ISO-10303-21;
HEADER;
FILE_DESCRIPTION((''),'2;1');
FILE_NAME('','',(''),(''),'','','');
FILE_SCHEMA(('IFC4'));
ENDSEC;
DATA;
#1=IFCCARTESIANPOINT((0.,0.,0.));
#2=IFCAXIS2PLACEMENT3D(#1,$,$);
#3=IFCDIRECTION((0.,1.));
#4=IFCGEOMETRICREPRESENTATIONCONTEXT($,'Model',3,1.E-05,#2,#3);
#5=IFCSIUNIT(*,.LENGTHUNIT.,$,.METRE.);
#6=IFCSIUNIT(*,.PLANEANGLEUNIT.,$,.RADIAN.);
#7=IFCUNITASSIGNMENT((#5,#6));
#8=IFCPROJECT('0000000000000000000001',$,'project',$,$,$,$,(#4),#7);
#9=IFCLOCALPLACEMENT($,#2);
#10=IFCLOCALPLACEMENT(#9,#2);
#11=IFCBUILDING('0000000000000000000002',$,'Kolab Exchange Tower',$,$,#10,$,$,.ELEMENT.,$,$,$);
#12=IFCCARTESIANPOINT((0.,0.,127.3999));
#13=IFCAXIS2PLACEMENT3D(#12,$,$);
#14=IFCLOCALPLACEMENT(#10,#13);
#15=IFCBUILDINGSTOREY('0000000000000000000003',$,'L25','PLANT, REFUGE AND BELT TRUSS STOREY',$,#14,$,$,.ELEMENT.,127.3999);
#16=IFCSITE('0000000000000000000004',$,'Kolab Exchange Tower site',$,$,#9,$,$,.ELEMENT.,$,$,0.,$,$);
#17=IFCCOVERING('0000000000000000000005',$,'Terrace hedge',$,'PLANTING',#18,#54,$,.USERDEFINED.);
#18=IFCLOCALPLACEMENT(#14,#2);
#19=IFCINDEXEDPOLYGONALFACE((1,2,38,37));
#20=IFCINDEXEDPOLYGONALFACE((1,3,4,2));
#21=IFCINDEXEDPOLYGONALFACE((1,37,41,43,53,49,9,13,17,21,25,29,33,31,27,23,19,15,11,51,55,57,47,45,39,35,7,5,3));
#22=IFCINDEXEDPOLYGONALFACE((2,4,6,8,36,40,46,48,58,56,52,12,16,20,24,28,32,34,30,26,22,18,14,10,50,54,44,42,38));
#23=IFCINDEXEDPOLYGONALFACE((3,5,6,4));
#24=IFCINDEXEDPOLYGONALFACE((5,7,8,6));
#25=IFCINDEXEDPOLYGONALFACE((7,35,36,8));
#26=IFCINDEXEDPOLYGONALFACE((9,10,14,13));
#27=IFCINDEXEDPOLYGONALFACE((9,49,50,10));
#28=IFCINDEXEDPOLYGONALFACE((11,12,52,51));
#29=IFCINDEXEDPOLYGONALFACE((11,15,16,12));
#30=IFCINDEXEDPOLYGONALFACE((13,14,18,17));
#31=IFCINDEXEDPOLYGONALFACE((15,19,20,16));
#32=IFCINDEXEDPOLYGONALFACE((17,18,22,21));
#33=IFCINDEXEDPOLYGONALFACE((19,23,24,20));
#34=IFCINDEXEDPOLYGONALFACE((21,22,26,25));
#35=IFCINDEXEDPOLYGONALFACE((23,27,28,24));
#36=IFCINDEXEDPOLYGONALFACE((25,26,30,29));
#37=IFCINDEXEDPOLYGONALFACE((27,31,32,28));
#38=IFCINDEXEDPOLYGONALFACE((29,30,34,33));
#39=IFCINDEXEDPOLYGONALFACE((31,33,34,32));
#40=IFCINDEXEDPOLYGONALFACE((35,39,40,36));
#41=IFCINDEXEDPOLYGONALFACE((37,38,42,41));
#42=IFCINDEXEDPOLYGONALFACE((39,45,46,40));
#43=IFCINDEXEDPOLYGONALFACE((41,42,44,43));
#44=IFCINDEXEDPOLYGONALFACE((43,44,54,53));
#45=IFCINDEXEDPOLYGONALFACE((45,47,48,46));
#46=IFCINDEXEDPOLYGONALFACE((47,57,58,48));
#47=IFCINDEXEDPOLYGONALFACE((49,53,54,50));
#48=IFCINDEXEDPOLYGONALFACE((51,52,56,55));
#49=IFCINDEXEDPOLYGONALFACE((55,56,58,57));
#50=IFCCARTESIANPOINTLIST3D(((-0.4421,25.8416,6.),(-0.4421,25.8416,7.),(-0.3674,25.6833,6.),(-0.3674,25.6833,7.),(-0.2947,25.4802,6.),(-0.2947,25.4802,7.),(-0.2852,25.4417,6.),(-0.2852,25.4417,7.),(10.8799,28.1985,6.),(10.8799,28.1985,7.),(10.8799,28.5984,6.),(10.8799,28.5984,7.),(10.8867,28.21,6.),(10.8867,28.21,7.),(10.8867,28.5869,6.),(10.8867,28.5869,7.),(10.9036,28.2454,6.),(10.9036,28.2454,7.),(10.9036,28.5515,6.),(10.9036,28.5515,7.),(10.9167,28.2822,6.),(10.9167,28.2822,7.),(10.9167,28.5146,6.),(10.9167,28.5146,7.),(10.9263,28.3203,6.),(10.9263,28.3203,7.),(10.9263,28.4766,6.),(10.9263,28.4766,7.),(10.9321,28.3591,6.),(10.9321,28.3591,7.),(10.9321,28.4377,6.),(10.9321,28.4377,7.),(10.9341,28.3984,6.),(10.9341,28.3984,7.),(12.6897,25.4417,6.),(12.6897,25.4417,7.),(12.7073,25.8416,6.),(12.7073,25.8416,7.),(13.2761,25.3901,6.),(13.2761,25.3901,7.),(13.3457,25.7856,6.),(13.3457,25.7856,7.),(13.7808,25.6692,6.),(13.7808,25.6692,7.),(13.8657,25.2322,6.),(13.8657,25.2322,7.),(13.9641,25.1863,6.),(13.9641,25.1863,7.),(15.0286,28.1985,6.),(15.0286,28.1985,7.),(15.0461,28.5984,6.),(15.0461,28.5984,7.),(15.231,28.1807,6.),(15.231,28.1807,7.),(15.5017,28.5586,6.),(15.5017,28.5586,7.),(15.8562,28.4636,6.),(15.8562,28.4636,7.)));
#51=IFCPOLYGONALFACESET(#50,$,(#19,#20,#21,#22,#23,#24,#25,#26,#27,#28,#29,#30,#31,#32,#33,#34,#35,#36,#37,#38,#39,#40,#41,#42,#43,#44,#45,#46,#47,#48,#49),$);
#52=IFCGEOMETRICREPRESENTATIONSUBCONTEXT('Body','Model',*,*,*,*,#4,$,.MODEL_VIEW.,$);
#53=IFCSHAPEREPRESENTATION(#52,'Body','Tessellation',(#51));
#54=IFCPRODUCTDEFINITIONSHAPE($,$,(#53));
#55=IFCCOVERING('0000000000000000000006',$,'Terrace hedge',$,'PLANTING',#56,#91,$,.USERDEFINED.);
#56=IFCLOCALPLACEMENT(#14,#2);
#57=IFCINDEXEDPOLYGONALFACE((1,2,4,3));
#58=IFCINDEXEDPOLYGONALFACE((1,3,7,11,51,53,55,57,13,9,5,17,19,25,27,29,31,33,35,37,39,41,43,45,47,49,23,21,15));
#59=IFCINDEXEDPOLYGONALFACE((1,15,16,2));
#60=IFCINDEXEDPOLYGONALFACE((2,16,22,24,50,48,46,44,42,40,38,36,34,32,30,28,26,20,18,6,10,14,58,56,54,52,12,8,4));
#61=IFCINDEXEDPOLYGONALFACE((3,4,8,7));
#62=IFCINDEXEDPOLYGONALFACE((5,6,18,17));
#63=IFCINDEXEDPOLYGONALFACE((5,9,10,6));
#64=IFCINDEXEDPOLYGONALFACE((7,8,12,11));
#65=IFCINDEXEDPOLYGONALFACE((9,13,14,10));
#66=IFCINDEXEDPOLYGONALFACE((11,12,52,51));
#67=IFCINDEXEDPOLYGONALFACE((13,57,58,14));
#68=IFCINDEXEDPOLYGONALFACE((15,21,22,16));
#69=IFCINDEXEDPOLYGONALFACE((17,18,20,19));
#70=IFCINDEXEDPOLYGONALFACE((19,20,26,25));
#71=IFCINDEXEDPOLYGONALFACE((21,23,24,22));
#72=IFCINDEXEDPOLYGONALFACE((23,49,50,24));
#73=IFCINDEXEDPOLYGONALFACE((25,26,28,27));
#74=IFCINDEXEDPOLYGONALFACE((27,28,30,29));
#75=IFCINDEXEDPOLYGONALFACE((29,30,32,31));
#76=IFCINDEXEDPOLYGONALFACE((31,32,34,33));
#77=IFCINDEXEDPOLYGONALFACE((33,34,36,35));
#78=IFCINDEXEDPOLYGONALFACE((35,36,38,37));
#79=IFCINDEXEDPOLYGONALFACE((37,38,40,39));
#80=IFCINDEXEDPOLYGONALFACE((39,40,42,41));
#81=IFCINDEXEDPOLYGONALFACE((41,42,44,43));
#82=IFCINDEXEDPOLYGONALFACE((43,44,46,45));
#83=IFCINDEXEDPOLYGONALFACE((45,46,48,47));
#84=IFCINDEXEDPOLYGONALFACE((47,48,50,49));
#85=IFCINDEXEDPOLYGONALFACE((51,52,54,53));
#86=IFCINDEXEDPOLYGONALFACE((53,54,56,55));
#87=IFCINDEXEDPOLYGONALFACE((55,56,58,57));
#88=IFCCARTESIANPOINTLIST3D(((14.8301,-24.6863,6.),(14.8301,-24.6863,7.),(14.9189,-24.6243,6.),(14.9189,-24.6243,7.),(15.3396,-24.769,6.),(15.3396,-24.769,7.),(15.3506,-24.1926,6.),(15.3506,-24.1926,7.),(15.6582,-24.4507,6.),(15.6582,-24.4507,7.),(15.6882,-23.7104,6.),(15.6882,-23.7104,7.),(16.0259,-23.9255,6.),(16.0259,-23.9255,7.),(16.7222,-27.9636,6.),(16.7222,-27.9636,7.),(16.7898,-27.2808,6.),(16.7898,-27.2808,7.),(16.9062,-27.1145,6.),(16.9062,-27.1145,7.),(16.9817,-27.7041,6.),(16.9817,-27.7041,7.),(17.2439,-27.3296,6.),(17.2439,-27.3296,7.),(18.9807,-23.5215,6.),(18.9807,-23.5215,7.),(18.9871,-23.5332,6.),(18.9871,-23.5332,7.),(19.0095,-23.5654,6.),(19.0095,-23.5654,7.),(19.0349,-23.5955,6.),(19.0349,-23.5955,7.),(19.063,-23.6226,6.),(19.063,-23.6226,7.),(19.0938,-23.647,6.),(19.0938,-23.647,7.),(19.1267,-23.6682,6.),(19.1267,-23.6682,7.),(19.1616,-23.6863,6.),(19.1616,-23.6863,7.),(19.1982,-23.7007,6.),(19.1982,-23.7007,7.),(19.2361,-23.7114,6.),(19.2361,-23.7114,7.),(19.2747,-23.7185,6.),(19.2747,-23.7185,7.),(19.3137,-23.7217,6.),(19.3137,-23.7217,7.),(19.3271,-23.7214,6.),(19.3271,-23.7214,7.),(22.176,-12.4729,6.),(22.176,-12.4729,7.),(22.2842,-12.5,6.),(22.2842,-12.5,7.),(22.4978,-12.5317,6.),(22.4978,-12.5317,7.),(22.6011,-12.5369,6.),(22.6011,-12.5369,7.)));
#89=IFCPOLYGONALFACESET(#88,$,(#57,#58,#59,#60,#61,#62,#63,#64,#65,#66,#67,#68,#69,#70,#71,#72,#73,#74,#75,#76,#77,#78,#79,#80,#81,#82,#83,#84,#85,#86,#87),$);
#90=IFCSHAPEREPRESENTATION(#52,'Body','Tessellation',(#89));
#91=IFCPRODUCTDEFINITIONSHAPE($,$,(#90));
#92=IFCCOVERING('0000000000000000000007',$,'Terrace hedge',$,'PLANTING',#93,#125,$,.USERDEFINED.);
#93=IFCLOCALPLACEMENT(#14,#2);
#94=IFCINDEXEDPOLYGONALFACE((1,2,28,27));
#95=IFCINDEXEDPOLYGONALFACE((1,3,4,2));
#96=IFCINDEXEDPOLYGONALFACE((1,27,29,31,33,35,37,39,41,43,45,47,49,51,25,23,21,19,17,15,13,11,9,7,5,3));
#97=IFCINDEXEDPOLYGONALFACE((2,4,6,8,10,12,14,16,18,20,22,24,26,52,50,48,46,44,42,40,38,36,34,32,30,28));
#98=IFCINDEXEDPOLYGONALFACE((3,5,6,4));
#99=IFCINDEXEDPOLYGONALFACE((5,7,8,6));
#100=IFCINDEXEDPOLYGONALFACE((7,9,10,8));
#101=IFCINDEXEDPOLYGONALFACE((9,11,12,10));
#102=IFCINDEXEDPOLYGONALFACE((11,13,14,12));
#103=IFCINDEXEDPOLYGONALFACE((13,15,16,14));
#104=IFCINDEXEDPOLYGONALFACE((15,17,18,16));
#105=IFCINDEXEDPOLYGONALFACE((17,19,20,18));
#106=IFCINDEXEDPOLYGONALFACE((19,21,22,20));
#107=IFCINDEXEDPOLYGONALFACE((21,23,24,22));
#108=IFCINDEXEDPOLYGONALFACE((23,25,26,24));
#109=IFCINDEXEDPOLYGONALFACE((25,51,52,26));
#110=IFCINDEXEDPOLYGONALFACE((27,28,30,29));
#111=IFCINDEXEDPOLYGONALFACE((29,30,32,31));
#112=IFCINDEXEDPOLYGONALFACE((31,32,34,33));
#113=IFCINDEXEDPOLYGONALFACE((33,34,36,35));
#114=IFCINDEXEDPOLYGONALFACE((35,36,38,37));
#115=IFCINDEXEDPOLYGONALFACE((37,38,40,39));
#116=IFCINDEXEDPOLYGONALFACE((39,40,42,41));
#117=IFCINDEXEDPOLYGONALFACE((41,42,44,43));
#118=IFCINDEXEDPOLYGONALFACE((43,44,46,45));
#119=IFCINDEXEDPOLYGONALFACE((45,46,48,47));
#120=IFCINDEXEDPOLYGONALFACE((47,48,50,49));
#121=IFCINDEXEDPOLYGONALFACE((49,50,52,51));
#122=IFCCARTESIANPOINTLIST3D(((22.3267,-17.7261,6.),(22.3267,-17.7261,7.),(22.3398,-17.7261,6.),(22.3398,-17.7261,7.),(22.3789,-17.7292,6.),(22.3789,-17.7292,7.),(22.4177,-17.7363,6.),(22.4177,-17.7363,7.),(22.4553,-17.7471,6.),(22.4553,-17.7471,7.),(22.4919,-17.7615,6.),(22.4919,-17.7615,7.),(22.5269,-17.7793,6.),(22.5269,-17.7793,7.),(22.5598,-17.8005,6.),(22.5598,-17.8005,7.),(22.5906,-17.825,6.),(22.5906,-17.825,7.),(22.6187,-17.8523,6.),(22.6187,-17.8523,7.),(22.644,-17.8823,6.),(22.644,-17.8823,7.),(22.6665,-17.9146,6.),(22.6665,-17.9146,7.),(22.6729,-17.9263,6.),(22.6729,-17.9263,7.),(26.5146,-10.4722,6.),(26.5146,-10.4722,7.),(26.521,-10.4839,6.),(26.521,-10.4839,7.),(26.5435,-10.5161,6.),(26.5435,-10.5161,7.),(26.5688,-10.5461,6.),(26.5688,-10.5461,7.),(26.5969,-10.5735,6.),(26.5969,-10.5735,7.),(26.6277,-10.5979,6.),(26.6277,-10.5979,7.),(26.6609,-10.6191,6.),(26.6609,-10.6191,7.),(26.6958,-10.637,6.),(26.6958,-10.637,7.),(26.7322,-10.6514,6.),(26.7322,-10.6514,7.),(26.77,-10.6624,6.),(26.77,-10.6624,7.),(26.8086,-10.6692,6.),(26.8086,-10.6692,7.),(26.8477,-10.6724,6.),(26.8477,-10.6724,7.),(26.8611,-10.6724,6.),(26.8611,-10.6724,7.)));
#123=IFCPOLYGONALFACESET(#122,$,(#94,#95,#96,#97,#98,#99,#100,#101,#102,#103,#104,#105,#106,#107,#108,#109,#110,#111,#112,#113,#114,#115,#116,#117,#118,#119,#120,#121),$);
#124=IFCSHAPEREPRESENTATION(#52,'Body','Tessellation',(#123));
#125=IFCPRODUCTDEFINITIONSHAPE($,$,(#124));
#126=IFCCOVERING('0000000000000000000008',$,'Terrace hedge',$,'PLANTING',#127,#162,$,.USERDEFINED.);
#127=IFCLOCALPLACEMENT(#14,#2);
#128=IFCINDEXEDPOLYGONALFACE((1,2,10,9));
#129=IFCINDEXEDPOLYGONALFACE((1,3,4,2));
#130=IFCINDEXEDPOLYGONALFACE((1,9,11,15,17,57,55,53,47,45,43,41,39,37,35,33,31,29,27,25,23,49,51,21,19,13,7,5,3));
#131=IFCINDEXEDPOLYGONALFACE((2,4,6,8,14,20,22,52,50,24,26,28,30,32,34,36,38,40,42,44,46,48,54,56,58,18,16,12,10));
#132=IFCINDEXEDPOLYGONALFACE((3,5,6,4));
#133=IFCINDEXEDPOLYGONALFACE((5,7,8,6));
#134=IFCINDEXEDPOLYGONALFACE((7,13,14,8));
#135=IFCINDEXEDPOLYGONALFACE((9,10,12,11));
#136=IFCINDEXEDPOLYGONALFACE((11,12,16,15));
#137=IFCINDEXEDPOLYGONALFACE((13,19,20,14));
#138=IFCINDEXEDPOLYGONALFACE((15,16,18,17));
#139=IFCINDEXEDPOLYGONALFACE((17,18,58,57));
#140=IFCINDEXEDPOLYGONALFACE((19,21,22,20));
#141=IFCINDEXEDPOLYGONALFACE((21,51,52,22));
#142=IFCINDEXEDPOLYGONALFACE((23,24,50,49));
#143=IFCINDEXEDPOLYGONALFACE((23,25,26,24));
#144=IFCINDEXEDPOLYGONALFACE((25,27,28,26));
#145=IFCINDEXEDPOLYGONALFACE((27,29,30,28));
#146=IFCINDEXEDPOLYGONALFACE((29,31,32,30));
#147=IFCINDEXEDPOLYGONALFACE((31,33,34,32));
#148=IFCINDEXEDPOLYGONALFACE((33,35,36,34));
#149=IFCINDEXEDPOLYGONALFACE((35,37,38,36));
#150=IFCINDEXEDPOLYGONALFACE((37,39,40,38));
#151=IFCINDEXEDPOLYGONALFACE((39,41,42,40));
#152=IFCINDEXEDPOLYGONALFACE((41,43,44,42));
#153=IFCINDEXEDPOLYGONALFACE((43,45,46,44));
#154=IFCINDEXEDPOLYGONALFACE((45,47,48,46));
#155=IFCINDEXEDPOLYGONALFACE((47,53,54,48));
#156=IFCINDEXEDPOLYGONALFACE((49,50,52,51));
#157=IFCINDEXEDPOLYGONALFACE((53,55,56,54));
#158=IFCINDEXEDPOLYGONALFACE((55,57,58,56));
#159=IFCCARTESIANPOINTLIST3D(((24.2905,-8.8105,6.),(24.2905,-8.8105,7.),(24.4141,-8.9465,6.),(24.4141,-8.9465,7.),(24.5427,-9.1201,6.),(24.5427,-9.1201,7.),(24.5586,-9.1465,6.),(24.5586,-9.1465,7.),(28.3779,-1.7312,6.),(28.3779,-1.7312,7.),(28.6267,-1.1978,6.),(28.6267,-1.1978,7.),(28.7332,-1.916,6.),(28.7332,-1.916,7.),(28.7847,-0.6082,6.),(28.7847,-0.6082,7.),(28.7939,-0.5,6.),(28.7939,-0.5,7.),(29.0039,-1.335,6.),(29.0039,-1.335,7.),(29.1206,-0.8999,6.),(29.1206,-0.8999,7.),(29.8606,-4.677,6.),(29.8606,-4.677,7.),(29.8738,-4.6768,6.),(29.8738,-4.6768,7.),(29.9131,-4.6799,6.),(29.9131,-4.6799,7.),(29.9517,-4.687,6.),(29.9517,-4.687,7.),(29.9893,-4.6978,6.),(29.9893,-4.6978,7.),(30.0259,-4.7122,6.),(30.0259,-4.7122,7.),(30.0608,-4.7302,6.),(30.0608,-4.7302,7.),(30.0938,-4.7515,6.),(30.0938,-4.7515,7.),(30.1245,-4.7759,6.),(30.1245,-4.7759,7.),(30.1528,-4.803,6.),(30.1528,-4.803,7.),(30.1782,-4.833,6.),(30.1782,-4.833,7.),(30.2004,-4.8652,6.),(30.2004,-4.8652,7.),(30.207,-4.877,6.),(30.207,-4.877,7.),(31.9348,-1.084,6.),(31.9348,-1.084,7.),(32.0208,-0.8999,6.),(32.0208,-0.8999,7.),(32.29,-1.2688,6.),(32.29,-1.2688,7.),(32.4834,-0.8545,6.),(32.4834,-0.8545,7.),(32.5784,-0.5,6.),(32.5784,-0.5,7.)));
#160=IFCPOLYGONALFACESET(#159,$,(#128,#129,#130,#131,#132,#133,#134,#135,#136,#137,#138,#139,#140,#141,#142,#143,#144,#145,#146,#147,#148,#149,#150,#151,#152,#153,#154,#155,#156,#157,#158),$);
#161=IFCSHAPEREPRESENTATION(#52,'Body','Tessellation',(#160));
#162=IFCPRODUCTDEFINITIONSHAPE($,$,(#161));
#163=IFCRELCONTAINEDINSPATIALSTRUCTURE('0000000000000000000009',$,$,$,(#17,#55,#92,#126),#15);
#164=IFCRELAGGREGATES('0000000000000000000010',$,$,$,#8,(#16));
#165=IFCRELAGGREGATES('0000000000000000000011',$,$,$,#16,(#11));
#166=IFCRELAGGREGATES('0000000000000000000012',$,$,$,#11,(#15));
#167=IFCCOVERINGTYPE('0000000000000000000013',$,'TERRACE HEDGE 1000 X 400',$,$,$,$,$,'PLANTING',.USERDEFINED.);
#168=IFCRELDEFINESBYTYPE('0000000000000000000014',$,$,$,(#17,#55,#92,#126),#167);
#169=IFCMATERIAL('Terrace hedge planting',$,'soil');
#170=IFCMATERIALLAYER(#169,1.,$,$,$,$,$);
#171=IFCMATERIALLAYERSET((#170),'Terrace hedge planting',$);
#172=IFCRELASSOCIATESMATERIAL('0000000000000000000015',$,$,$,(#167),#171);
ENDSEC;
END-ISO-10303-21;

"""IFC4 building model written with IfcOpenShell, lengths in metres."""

from ifc_helpers import new_model, si_unit, direction, frame, origin, place, context, subcontext, project, spatial, polyline, outline, extrude, material, layer, layer_set, type_object, element, save


model = new_model("IFC4")

# Units and contexts
model_context = context("Model", 3, precision=1e-05, world=origin(), true_north=direction((0.0, 1.0)))
body_context = subcontext(model_context, "Body", "Model", "MODEL_VIEW")
ifc_project = project(units=[si_unit("LENGTHUNIT", "METRE"), si_unit("PLANEANGLEUNIT", "RADIAN")], contexts=[model_context])

# Site, building, storey
site_placement = place(None, origin())
site = spatial("IfcSite", under=ifc_project, at=site_placement, Name="Kolab Exchange Tower site", CompositionType="ELEMENT", RefElevation=0.0)
building_placement = place(site_placement, origin())
building = spatial("IfcBuilding", under=site, at=building_placement, Name="Kolab Exchange Tower", CompositionType="ELEMENT")
storey_placement = place(building_placement, frame((0.0, 0.0, 127.3999)))
storey = spatial("IfcBuildingStorey", under=building, at=storey_placement, Name="L25", Description="PLANT, REFUGE AND BELT TRUSS STOREY", CompositionType="ELEMENT", Elevation=127.3999)

# Coverings
ifc_material_1 = material(Name="Terrace hedge planting", Category="soil")
ifc_layer_1 = layer(ifc_material_1, 1.0)
ifc_layer_set_1 = layer_set([ifc_layer_1], Name="Terrace hedge planting")
covering_type_1 = type_object("IfcCoveringType", Name="TERRACE HEDGE 1000 X 400", ElementType="PLANTING", PredefinedType="USERDEFINED", material=ifc_layer_set_1)
covering_1_placement = place(storey_placement, frame((0.0, 0.0, 6.0)))
element("IfcCovering", 1, at=covering_1_placement, inside=storey, type_object=covering_type_1, Name="Terrace hedge", ObjectType="PLANTING", PredefinedType="USERDEFINED", context=body_context, shape_type="SweptSolid", body=[
    extrude(outline(polyline([(15.0461, 28.5984), (15.5017, 28.5586), (15.8562, 28.4636), (13.9641, 25.1863), (13.8657, 25.2322), (13.2761, 25.3901), (12.6897, 25.4417), (-0.2852, 25.4417), (-0.2947, 25.4802), (-0.3674, 25.6833), (-0.4421, 25.8416), (12.7073, 25.8416), (13.3457, 25.7856), (13.7808, 25.6692), (15.231, 28.1807), (15.0286, 28.1985), (10.8799, 28.1985), (10.8867, 28.21), (10.9036, 28.2454), (10.9167, 28.2822), (10.9263, 28.3203), (10.9321, 28.3591), (10.9341, 28.3984), (10.9321, 28.4377), (10.9263, 28.4766), (10.9167, 28.5146), (10.9036, 28.5515), (10.8867, 28.5869), (10.8799, 28.5984), (15.0461, 28.5984)])), origin(), (0.0, 0.0, 1.0), 1.0),
])
covering_2_placement = place(storey_placement, frame((0.0, 0.0, 6.0)))
element("IfcCovering", 2, at=covering_2_placement, inside=storey, type_object=covering_type_1, Name="Terrace hedge", ObjectType="PLANTING", PredefinedType="USERDEFINED", context=body_context, shape_type="SweptSolid", body=[
    extrude(outline(polyline([(14.9189, -24.6243), (15.3506, -24.1926), (15.6882, -23.7104), (22.176, -12.4729), (22.2842, -12.5), (22.4978, -12.5317), (22.6011, -12.5369), (16.0259, -23.9255), (15.6582, -24.4507), (15.3396, -24.769), (16.7898, -27.2808), (16.9062, -27.1145), (18.9807, -23.5215), (18.9871, -23.5332), (19.0095, -23.5654), (19.0349, -23.5955), (19.063, -23.6226), (19.0938, -23.647), (19.1267, -23.6682), (19.1616, -23.6863), (19.1982, -23.7007), (19.2361, -23.7114), (19.2747, -23.7185), (19.3137, -23.7217), (19.3271, -23.7214), (17.2439, -27.3296), (16.9817, -27.7041), (16.7222, -27.9636), (14.8301, -24.6863), (14.9189, -24.6243)])), origin(), (0.0, 0.0, 1.0), 1.0),
])
covering_3_placement = place(storey_placement, frame((0.0, 0.0, 6.0)))
element("IfcCovering", 3, at=covering_3_placement, inside=storey, type_object=covering_type_1, Name="Terrace hedge", ObjectType="PLANTING", PredefinedType="USERDEFINED", context=body_context, shape_type="SweptSolid", body=[
    extrude(outline(polyline([(22.6729, -17.9263), (22.6665, -17.9146), (22.644, -17.8823), (22.6187, -17.8523), (22.5906, -17.825), (22.5598, -17.8005), (22.5269, -17.7793), (22.4919, -17.7615), (22.4553, -17.7471), (22.4177, -17.7363), (22.3789, -17.7292), (22.3398, -17.7261), (22.3267, -17.7261), (26.5146, -10.4722), (26.521, -10.4839), (26.5435, -10.5161), (26.5688, -10.5461), (26.5969, -10.5735), (26.6277, -10.5979), (26.6609, -10.6191), (26.6958, -10.637), (26.7322, -10.6514), (26.77, -10.6624), (26.8086, -10.6692), (26.8477, -10.6724), (26.8611, -10.6724), (22.6729, -17.9263)])), origin(), (0.0, 0.0, 1.0), 1.0),
])
covering_4_placement = place(storey_placement, frame((0.0, 0.0, 6.0)))
element("IfcCovering", 4, at=covering_4_placement, inside=storey, type_object=covering_type_1, Name="Terrace hedge", ObjectType="PLANTING", PredefinedType="USERDEFINED", context=body_context, shape_type="SweptSolid", body=[
    extrude(outline(polyline([(28.3779, -1.7312), (28.6267, -1.1978), (28.7847, -0.6082), (28.7939, -0.5), (32.5784, -0.5), (32.4834, -0.8545), (32.29, -1.2688), (30.207, -4.877), (30.2004, -4.8652), (30.1782, -4.833), (30.1528, -4.803), (30.1245, -4.7759), (30.0938, -4.7515), (30.0608, -4.7302), (30.0259, -4.7122), (29.9893, -4.6978), (29.9517, -4.687), (29.9131, -4.6799), (29.8738, -4.6768), (29.8606, -4.677), (31.9348, -1.084), (32.0208, -0.8999), (29.1206, -0.8999), (29.0039, -1.335), (28.7332, -1.916), (24.5586, -9.1465), (24.5427, -9.1201), (24.4141, -8.9465), (24.2905, -8.8105), (28.3779, -1.7312)])), origin(), (0.0, 0.0, 1.0), 1.0),
])

save(model, "model.ifc")
